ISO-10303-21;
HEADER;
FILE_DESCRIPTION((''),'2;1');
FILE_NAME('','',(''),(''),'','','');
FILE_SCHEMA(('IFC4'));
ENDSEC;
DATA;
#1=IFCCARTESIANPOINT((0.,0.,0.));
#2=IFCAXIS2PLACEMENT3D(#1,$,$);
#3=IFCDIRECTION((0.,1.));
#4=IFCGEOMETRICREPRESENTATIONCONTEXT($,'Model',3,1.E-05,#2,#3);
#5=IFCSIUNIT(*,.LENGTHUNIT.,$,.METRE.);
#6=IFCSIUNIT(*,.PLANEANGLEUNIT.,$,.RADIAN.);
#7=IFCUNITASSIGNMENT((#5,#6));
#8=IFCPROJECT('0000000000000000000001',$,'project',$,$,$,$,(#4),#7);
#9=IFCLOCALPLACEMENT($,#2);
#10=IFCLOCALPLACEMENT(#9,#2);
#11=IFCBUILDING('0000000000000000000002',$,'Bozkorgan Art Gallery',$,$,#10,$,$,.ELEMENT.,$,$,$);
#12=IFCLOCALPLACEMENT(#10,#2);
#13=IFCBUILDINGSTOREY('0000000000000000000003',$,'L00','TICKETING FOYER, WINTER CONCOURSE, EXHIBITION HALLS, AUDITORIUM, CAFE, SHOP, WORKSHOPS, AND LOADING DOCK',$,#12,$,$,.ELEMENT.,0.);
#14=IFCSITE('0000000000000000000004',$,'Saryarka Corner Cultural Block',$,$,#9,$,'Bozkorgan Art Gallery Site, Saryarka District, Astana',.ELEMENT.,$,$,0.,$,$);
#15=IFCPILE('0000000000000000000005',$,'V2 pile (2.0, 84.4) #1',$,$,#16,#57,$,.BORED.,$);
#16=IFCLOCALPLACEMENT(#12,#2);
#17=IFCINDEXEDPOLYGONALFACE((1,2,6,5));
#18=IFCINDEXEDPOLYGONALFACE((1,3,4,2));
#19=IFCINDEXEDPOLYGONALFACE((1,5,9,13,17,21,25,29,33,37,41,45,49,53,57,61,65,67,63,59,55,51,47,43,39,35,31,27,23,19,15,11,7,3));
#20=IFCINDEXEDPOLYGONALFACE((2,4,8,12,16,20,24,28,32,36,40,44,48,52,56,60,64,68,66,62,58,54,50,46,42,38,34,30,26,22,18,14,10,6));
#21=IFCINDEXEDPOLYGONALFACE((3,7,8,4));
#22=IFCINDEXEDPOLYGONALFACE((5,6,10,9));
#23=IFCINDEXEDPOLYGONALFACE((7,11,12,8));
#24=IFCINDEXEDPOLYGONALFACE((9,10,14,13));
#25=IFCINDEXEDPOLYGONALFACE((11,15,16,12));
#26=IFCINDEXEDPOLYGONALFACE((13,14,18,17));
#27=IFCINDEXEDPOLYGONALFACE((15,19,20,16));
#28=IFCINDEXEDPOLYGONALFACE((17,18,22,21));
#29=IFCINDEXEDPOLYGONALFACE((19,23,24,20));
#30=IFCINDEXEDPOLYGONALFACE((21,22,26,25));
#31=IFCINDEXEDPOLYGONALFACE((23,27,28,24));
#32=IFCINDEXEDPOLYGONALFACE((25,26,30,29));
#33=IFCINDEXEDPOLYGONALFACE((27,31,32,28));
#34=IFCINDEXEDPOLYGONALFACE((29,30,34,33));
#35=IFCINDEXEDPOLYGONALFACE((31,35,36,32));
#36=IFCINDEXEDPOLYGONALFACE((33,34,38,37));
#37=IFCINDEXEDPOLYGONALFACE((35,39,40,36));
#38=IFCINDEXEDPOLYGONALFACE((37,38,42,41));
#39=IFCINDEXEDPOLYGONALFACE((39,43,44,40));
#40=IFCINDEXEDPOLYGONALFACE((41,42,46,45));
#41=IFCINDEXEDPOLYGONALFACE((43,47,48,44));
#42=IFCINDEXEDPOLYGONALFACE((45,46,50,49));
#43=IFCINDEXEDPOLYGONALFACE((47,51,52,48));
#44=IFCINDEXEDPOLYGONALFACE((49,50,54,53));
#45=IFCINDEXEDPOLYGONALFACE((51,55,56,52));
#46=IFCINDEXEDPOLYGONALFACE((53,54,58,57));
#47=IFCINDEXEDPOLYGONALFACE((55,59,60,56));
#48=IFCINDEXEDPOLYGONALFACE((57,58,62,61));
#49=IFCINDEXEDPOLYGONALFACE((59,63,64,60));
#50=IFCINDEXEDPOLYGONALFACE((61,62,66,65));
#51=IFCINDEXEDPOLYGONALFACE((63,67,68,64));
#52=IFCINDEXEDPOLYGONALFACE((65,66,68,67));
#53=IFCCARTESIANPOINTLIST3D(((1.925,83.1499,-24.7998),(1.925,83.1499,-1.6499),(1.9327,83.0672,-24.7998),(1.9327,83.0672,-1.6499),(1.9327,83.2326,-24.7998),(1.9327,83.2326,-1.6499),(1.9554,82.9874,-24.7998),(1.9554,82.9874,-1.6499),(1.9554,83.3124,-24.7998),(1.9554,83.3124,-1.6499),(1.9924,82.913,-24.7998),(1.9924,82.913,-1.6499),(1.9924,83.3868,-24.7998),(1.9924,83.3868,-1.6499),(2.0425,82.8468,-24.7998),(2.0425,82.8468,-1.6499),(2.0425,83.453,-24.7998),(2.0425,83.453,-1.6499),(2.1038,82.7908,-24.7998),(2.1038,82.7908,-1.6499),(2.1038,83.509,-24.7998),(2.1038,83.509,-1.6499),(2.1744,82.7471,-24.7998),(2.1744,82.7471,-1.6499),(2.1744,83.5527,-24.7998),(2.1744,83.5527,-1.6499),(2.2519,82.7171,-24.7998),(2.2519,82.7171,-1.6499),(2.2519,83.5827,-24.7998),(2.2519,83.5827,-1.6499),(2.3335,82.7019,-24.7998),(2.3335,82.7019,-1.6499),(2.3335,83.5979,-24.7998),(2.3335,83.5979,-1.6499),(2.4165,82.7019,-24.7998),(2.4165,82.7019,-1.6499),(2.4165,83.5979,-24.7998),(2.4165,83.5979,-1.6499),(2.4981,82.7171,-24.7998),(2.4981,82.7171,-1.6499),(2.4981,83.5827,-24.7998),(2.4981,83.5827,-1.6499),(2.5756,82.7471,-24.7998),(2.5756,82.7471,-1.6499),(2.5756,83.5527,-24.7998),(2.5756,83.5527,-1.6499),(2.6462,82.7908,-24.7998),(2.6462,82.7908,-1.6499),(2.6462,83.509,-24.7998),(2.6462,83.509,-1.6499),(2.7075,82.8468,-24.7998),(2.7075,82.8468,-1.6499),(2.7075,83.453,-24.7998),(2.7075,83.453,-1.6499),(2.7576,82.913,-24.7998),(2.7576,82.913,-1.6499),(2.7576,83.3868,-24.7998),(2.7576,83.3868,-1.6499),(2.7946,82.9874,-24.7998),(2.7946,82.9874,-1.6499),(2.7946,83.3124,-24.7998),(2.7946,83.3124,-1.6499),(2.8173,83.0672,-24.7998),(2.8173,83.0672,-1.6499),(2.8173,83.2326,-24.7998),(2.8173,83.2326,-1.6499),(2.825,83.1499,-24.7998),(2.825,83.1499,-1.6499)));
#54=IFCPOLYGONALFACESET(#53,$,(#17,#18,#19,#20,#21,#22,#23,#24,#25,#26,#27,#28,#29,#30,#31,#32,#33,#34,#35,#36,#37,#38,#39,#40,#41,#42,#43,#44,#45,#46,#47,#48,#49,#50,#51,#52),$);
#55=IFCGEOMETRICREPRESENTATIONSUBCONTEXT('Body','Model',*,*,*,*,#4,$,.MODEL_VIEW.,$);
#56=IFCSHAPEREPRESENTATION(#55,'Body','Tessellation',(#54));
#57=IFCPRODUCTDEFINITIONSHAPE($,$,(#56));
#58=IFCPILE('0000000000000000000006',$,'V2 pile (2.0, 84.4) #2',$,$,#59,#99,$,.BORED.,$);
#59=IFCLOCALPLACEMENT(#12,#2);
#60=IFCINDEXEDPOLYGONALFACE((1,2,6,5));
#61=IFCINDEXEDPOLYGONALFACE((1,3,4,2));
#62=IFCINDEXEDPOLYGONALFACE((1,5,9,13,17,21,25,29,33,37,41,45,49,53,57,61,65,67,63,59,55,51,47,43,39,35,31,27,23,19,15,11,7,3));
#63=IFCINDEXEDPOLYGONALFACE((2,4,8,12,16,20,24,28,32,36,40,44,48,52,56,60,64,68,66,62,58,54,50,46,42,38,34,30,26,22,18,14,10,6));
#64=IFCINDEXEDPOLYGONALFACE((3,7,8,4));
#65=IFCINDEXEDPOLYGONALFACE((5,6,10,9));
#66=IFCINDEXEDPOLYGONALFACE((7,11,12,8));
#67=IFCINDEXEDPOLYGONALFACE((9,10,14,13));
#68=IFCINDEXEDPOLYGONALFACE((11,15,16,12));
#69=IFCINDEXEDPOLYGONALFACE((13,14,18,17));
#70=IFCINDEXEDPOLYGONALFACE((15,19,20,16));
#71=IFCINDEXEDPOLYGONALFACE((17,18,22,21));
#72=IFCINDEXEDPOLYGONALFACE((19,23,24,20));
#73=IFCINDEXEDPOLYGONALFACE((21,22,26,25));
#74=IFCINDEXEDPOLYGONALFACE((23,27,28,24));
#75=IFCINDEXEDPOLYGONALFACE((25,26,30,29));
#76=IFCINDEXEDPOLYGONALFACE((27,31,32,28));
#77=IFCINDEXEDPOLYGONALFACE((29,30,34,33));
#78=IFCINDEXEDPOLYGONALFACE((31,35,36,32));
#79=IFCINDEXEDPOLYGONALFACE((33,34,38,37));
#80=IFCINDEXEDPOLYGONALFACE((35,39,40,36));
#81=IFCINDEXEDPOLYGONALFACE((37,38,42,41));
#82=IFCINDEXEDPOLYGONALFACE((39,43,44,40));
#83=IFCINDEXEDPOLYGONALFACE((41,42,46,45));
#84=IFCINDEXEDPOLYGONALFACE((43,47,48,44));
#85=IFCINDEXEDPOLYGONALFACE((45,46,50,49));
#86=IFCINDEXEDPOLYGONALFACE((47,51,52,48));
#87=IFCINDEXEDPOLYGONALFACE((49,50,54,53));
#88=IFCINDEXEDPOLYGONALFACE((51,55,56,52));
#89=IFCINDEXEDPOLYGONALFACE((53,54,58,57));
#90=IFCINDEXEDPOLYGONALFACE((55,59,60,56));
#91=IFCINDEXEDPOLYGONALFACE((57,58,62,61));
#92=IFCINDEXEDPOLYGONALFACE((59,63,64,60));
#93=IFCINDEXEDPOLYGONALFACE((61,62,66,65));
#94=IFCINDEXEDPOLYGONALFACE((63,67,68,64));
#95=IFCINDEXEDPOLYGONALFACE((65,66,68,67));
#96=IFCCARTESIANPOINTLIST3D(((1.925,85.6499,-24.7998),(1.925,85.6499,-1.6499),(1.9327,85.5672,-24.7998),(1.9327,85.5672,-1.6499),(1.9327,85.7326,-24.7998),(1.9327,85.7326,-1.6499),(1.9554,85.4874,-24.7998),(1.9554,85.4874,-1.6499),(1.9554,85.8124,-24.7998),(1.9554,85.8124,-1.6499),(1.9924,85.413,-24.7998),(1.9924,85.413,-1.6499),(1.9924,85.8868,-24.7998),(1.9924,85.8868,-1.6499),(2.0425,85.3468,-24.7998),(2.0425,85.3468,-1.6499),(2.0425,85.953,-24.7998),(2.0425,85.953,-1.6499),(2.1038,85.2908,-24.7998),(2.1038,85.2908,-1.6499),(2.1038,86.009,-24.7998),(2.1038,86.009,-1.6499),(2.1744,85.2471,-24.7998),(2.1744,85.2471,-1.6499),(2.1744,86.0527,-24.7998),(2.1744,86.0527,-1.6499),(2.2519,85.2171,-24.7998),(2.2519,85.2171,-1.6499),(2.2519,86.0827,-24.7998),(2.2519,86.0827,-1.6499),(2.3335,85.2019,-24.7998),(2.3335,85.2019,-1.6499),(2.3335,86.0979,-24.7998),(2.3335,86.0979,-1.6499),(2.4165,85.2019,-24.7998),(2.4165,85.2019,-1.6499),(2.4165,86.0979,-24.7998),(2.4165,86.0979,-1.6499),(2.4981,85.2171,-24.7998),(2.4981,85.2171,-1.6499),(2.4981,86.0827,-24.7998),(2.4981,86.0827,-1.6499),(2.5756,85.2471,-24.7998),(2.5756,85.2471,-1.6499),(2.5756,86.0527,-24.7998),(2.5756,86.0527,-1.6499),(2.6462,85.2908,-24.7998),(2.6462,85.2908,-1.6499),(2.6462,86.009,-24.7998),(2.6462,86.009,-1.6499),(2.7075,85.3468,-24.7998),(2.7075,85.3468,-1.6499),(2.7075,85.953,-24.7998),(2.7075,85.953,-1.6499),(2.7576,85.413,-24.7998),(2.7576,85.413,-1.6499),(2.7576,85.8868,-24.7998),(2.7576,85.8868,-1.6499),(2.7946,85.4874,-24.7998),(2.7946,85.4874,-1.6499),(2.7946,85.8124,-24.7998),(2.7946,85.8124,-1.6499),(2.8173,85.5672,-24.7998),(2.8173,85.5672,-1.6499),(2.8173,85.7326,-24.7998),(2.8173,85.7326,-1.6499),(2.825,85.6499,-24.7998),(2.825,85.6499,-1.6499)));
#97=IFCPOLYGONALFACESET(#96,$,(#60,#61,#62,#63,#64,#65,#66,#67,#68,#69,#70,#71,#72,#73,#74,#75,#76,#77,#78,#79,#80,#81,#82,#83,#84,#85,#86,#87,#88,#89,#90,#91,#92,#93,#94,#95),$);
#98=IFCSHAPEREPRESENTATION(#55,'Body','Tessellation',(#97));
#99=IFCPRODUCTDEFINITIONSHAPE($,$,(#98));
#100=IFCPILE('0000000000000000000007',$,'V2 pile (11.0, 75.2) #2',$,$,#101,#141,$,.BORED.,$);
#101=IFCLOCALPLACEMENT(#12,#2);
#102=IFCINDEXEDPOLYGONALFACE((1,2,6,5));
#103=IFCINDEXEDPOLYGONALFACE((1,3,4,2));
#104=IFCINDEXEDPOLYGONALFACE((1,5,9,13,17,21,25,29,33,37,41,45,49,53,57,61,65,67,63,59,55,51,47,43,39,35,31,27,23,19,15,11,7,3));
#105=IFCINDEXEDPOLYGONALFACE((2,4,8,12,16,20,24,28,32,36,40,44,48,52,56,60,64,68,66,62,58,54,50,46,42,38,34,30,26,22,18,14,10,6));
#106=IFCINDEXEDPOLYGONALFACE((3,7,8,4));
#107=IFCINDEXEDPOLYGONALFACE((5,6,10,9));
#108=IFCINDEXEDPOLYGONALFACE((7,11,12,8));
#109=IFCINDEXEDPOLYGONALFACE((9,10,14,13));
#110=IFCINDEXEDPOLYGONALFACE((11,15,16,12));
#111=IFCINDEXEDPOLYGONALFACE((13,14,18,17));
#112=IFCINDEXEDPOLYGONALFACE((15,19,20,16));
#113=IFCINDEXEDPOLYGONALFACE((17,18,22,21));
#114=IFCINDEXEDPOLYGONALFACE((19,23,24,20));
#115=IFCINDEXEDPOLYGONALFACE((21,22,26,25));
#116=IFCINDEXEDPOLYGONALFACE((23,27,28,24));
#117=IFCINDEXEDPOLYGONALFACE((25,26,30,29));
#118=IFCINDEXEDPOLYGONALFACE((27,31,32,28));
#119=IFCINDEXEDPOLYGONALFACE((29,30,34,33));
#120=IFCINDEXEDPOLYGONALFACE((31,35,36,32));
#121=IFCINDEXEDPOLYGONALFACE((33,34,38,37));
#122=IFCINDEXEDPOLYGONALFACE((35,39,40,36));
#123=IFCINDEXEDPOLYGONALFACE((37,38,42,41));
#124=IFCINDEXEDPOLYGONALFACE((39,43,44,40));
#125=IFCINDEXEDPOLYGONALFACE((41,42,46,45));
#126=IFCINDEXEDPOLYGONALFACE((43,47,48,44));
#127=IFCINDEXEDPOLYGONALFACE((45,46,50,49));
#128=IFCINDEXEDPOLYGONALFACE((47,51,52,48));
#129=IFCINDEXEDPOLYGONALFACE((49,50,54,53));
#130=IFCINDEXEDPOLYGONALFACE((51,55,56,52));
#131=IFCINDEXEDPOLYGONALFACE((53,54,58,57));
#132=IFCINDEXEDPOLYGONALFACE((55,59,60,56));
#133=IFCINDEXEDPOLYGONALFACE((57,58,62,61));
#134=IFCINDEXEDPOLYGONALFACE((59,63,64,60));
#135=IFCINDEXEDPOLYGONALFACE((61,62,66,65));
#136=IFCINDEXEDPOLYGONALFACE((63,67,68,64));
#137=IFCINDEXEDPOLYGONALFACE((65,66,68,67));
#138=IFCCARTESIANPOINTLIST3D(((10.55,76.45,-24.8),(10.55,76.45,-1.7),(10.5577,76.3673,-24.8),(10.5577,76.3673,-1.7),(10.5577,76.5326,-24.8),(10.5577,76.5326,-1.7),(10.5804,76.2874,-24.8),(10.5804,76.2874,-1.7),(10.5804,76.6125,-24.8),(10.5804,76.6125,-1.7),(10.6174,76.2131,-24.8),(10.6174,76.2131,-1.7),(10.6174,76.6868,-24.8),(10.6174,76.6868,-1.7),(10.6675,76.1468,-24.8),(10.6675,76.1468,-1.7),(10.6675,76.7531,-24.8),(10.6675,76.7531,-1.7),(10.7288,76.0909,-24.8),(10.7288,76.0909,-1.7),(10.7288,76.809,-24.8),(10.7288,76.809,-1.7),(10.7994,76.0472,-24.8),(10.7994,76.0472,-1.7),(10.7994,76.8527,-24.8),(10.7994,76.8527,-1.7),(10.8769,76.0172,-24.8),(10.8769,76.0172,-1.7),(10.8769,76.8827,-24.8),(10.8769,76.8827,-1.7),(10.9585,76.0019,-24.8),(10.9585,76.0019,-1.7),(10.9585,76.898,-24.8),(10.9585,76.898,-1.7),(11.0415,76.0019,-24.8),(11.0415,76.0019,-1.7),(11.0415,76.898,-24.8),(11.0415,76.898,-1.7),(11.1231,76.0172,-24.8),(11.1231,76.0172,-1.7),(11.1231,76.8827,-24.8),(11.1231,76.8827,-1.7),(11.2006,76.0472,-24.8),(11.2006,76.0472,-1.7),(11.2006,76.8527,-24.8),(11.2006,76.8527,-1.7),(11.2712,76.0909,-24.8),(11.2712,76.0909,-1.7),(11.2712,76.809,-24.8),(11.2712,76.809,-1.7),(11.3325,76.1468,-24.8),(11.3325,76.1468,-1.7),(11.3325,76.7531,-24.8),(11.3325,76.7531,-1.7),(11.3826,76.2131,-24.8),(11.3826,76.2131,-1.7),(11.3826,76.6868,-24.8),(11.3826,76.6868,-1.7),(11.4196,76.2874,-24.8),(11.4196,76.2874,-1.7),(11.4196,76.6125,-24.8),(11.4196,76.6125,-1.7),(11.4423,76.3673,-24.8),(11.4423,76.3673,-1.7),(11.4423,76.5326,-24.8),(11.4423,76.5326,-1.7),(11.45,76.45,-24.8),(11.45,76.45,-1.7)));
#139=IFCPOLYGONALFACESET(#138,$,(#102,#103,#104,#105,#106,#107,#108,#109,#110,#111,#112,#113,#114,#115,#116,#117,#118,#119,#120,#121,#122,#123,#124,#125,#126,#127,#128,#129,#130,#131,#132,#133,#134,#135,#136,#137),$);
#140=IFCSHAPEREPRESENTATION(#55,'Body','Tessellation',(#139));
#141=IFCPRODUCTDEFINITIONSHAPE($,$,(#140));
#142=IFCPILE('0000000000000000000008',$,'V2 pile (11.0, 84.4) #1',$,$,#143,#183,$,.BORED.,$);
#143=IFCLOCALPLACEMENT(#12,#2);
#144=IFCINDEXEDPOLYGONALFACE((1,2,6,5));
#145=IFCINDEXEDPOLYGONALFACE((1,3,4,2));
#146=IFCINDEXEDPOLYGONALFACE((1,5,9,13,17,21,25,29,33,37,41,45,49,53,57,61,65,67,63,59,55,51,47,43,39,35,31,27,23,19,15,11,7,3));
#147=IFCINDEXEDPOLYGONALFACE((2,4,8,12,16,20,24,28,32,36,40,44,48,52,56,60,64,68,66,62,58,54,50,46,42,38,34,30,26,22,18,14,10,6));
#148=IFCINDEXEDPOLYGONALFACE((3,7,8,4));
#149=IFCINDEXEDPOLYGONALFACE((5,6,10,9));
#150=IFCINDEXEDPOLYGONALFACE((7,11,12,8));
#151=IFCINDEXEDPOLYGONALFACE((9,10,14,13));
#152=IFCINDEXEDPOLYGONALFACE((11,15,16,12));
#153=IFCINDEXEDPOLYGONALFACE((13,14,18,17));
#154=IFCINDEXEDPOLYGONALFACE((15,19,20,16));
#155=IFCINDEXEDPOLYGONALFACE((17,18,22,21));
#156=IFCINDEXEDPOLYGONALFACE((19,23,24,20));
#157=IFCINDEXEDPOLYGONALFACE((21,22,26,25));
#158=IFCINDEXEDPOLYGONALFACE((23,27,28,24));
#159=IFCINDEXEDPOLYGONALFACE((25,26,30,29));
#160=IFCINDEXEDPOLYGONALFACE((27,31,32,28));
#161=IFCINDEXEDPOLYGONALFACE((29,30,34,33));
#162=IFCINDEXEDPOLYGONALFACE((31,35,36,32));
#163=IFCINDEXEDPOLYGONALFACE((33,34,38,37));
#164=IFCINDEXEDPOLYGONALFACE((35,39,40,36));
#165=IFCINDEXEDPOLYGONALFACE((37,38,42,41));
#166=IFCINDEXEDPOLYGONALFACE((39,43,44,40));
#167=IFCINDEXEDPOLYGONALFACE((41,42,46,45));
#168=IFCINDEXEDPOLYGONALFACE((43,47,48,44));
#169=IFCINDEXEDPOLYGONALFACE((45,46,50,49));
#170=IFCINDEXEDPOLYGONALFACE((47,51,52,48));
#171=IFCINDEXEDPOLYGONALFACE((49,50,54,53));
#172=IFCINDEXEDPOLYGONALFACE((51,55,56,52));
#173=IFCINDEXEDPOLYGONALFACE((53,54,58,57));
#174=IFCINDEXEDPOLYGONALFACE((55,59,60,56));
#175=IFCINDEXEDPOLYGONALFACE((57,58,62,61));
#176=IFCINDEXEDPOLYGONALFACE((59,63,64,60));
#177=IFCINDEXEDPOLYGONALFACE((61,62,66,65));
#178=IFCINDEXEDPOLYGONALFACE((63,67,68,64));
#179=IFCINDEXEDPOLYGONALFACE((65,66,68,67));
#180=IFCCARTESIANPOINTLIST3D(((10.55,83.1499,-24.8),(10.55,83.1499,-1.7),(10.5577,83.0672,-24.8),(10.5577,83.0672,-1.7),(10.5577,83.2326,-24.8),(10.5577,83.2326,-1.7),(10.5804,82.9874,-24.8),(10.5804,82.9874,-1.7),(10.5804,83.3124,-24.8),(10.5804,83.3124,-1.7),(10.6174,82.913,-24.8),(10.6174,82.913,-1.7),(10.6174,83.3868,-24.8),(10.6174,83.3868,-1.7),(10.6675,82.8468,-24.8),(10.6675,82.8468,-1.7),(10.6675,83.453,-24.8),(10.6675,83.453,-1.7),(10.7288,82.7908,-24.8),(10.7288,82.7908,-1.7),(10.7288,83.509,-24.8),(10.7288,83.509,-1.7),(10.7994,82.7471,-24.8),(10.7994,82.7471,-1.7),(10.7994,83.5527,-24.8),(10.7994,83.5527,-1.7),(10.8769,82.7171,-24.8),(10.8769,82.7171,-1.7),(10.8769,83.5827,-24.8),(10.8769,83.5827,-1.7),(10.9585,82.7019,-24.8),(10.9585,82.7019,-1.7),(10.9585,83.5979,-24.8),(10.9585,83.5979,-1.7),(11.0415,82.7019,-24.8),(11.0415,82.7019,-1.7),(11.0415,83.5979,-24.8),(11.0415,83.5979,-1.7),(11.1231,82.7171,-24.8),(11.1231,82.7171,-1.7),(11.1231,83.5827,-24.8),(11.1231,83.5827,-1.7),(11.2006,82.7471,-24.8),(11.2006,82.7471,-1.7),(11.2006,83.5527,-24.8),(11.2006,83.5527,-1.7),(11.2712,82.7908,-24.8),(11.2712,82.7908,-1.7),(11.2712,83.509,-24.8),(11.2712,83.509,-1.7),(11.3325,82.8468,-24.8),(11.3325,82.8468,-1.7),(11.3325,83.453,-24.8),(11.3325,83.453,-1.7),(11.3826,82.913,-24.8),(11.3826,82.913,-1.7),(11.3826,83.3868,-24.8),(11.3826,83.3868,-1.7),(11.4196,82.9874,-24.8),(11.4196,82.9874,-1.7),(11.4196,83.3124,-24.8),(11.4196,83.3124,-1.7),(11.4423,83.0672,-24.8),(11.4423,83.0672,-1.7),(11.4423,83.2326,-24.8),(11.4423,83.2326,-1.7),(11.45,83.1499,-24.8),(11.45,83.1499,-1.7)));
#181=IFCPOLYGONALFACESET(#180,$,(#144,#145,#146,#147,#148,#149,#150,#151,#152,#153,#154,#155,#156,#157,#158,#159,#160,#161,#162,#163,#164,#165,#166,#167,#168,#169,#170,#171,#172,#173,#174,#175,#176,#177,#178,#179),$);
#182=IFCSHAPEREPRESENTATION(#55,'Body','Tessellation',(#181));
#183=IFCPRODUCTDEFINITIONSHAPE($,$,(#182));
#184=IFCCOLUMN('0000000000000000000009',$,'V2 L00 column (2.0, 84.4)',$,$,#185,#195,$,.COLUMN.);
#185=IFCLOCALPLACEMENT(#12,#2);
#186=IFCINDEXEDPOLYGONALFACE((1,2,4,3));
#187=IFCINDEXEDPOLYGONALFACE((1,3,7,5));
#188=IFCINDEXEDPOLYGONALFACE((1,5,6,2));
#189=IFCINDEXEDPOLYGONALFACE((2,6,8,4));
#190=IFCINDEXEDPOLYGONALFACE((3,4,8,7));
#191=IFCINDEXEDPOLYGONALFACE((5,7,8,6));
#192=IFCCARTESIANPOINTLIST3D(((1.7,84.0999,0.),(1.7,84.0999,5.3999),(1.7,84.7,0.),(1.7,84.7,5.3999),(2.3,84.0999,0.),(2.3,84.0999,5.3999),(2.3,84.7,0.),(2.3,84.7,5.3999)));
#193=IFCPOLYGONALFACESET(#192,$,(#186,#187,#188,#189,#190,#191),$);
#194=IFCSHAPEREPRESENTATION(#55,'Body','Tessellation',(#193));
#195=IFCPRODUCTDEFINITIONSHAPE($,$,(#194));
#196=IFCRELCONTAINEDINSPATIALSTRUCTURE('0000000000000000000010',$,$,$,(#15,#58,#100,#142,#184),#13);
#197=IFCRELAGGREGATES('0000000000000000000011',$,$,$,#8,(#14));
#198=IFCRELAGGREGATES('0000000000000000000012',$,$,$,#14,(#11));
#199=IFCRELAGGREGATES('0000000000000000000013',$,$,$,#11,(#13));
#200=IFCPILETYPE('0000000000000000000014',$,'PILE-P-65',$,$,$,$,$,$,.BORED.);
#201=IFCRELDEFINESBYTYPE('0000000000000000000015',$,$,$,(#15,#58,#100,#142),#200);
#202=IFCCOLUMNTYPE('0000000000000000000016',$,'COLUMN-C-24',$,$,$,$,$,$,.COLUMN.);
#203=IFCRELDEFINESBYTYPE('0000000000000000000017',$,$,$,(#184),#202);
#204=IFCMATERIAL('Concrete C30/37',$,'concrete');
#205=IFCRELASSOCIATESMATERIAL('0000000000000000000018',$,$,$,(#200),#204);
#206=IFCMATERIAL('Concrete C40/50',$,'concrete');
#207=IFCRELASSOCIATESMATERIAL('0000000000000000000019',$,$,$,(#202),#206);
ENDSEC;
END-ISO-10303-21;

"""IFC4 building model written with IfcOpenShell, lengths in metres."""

from ifc_helpers import new_model, si_unit, direction, frame, origin, origin_2d, place, context, subcontext, project, spatial, rectangle, circle, extrude, material, material_profile, profile_set, type_object, element, save


model = new_model("IFC4")

# Units and contexts
model_context = context("Model", 3, precision=1e-05, world=origin(), true_north=direction((0.0, 1.0)))
body_context = subcontext(model_context, "Body", "Model", "MODEL_VIEW")
ifc_project = project(units=[si_unit("LENGTHUNIT", "METRE"), si_unit("PLANEANGLEUNIT", "RADIAN")], contexts=[model_context])

# Site, building, storey
site_placement = place(None, origin())
site = spatial("IfcSite", under=ifc_project, at=site_placement, Name="Saryarka Corner Cultural Block", LongName="Bozkorgan Art Gallery Site, Saryarka District, Astana", CompositionType="ELEMENT", RefElevation=0.0)
building_placement = place(site_placement, origin())
building = spatial("IfcBuilding", under=site, at=building_placement, Name="Bozkorgan Art Gallery", CompositionType="ELEMENT")
storey_placement = place(building_placement, origin())
storey = spatial("IfcBuildingStorey", under=building, at=storey_placement, Name="L00", Description="TICKETING FOYER, WINTER CONCOURSE, EXHIBITION HALLS, AUDITORIUM, CAFE, SHOP, WORKSHOPS, AND LOADING DOCK", CompositionType="ELEMENT", Elevation=0.0)

# Shared definitions
ifc_material_1 = material(Name="Concrete C30/37", Category="concrete")

# Piles
ifc_material_profile_1 = material_profile(ifc_material_1, circle(Radius=0.45, at=origin_2d()), Name="PILE D900")
ifc_profile_set_1 = profile_set([ifc_material_profile_1], Name="Concrete C30/37")
pile_type_1 = type_object("IfcPileType", Name="PILE-P-65", PredefinedType="BORED", material=ifc_profile_set_1)
for number, where, z_axis, x_axis, name in (
    (1, (2.375, 83.1499, -1.6499), (0.0, 0.0, -1.0), (1.0, 0.0, 0.0), "V2 pile (2.0, 84.4) #1"),
    (2, (2.375, 85.6499, -1.6499), (0.0, 0.0, -1.0), (1.0, 0.0, 0.0), "V2 pile (2.0, 84.4) #2"),
):
    element("IfcPile", number, at=place(storey_placement, frame(where, z_axis=z_axis, x_axis=x_axis)), inside=storey, type_object=pile_type_1, Name=name, PredefinedType="BORED", context=body_context, shape_type="SweptSolid", body=[
        extrude(circle(Radius=0.45, at=origin_2d()), origin(), (0.0, 0.0, 1.0), 23.1499),
    ])
for number, where, z_axis, x_axis, name in (
    (3, (11.0, 76.45, -1.7), (0.0, 0.0, -1.0), (1.0, 0.0, 0.0), "V2 pile (11.0, 75.2) #2"),
    (4, (11.0, 83.1499, -1.7), (0.0, 0.0, -1.0), (1.0, 0.0, 0.0), "V2 pile (11.0, 84.4) #1"),
):
    element("IfcPile", number, at=place(storey_placement, frame(where, z_axis=z_axis, x_axis=x_axis)), inside=storey, type_object=pile_type_1, Name=name, PredefinedType="BORED", context=body_context, shape_type="SweptSolid", body=[
        extrude(circle(Radius=0.45, at=origin_2d()), origin(), (0.0, 0.0, 1.0), 23.1001),
    ])

# Column
ifc_material_2 = material(Name="Concrete C40/50", Category="concrete")
ifc_material_profile_2 = material_profile(ifc_material_2, rectangle(XDim=0.6001, YDim=0.6001, at=origin_2d()), Name="RC 600x600")
ifc_profile_set_2 = profile_set([ifc_material_profile_2], Name="Concrete C40/50")
column_type_1 = type_object("IfcColumnType", Name="COLUMN-C-24", PredefinedType="COLUMN", material=ifc_profile_set_2)
column_1_placement = place(storey_placement, frame((2.0, 84.3999, 0.0), z_axis=(0.0, 0.0, 1.0), x_axis=(1.0, 0.0, 0.0)))
element("IfcColumn", 5, at=column_1_placement, inside=storey, type_object=column_type_1, Name="V2 L00 column (2.0, 84.4)", PredefinedType="COLUMN", context=body_context, shape_type="SweptSolid", body=[
    extrude(rectangle(XDim=0.6001, YDim=0.6001, at=origin_2d()), origin(), (0.0, 0.0, 1.0), 5.3999),
])

save(model, "model.ifc")
